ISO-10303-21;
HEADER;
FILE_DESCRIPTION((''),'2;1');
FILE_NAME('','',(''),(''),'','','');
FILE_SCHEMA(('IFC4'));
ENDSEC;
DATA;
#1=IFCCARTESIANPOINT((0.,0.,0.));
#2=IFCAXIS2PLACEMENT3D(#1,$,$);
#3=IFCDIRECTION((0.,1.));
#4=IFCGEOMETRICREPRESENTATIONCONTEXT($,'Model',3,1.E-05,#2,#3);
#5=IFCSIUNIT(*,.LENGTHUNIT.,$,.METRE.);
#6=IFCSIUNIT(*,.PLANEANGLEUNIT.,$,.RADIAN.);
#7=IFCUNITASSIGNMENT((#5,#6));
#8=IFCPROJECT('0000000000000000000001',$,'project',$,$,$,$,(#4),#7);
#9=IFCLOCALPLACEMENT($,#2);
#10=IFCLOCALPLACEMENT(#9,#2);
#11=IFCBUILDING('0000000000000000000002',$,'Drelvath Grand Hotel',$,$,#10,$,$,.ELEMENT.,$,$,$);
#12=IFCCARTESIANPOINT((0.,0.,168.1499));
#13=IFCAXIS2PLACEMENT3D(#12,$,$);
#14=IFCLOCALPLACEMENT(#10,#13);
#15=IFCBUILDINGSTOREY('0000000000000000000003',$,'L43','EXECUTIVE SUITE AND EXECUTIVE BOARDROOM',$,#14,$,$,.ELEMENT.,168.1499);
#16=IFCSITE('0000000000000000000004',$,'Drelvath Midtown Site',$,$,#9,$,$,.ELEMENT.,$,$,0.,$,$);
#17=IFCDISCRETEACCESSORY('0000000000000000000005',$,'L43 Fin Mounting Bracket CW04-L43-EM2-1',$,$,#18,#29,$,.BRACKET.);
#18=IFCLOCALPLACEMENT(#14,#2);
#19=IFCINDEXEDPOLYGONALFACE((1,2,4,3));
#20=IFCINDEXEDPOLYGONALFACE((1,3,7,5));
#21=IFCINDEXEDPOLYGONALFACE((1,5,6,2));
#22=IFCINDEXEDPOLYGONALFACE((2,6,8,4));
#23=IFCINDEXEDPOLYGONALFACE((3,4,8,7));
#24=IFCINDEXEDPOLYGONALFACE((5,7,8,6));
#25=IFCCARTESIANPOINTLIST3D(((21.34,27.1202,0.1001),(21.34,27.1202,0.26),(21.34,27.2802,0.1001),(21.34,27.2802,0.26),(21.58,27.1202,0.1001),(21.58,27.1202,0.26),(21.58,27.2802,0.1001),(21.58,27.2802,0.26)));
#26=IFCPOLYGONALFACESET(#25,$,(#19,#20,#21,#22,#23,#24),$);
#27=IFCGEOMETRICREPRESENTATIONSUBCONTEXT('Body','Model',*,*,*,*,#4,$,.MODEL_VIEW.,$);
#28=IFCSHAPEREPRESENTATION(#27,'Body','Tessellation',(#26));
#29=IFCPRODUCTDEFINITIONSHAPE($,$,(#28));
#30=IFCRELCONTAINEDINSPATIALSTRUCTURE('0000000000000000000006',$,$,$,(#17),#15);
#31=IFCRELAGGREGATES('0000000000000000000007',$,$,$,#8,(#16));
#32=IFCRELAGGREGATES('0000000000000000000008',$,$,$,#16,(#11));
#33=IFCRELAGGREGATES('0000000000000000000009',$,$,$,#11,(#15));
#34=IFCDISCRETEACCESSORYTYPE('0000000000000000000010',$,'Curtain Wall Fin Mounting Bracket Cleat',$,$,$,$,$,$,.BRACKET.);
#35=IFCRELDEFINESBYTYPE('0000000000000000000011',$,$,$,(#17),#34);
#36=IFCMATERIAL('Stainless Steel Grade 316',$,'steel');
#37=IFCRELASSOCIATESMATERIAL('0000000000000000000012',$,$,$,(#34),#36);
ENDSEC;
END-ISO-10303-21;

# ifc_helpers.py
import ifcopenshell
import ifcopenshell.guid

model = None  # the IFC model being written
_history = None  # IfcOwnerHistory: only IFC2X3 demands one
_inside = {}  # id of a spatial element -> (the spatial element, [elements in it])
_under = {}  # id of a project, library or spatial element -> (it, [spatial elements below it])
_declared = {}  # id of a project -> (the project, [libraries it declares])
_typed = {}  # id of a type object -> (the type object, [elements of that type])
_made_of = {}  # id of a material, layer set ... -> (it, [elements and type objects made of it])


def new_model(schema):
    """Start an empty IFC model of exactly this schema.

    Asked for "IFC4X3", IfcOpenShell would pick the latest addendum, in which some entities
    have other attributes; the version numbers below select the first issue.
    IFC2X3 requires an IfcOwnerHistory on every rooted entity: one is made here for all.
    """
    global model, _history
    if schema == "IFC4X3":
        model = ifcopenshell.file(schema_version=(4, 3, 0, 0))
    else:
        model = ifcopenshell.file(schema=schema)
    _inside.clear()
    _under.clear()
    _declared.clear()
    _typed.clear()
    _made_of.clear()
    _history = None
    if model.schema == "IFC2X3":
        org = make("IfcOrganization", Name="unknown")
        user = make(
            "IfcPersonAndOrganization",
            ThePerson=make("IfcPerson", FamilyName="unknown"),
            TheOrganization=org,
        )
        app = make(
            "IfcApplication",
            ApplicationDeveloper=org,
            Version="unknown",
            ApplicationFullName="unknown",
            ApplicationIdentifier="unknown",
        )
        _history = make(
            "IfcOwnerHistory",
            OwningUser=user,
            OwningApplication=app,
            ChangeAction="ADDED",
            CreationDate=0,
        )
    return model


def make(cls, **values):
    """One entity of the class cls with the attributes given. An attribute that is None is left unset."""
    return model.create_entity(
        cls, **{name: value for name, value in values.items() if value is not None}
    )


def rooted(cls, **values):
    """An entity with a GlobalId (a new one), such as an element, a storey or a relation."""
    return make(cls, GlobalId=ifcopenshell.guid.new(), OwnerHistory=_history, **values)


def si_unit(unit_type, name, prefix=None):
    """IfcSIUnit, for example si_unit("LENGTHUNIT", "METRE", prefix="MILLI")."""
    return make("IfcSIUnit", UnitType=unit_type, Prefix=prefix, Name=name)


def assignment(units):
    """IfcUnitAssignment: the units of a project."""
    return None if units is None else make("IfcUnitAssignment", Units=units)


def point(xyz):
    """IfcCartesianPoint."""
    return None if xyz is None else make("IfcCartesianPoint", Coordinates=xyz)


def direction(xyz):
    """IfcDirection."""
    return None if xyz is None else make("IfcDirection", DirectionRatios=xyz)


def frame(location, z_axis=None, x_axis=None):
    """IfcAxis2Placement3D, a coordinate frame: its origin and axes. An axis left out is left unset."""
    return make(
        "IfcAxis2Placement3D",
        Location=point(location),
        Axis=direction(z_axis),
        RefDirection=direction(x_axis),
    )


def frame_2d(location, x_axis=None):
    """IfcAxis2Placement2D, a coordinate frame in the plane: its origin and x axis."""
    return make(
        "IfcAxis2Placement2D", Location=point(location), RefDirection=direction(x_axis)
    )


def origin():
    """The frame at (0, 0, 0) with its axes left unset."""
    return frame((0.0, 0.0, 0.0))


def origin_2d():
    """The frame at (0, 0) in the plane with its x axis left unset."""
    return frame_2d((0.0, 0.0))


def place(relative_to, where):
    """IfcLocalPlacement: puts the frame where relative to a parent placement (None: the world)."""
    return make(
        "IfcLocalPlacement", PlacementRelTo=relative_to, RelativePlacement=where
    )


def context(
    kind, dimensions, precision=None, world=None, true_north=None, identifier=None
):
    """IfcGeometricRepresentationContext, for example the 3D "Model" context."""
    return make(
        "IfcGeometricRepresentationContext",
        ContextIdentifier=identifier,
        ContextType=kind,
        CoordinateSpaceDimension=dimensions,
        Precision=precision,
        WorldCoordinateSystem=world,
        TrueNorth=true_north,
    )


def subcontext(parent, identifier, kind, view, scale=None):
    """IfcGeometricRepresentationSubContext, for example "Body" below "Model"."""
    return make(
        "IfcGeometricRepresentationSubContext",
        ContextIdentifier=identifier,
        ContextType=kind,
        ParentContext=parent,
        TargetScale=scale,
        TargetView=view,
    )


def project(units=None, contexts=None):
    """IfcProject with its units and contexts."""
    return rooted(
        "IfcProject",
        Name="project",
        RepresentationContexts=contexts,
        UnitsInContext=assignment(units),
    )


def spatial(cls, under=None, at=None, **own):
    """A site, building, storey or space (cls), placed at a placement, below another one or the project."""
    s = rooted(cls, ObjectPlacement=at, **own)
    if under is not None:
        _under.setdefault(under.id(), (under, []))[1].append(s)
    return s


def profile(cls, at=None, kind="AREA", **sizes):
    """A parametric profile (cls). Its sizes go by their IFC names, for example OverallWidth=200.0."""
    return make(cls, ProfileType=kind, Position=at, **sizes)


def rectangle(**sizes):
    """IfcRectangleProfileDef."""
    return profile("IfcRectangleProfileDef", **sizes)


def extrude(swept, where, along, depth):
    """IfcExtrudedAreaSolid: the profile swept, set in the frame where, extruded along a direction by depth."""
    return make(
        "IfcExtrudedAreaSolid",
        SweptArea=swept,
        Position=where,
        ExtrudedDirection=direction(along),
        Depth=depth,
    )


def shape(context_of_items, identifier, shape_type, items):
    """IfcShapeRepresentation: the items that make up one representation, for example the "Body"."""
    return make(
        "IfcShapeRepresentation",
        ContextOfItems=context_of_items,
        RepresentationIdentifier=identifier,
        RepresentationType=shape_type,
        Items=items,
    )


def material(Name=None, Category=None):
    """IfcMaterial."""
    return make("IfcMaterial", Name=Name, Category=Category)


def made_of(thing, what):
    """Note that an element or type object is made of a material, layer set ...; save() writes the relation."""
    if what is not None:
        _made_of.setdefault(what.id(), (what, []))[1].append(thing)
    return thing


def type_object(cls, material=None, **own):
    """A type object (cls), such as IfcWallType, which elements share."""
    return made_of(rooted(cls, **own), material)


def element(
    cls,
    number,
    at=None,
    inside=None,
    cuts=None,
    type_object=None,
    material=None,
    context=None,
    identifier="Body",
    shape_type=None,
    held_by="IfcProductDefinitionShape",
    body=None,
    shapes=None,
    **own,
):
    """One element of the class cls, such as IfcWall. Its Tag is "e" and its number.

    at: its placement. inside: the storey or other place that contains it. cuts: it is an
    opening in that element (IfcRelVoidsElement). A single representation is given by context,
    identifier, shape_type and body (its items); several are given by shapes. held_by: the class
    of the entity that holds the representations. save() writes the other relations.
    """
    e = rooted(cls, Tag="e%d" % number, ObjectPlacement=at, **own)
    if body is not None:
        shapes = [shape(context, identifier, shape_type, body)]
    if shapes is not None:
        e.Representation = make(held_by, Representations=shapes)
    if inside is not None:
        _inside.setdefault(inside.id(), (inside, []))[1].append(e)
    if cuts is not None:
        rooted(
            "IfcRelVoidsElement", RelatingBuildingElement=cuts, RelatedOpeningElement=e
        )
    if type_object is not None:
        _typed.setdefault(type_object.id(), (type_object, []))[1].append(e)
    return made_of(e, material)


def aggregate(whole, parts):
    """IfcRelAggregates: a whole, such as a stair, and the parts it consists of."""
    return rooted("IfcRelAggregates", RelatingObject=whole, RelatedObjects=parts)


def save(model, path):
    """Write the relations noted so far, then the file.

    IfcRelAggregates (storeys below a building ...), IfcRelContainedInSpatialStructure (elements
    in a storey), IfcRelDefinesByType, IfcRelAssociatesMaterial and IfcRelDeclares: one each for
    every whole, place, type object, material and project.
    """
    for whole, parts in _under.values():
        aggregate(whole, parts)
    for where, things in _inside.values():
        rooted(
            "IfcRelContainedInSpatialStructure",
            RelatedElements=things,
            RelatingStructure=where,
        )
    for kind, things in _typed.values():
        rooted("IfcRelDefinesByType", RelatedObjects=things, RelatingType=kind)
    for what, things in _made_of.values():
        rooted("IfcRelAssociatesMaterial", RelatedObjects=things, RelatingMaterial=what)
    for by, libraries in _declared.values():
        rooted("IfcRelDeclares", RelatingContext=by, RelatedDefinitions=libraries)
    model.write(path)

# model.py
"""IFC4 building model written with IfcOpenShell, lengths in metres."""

from ifc_helpers import new_model, si_unit, direction, frame, origin, origin_2d, place, context, subcontext, project, spatial, rectangle, extrude, material, type_object, element, save


model = new_model("IFC4")

# Units and contexts
model_context = context("Model", 3, precision=1e-05, world=origin(), true_north=direction((0.0, 1.0)))
body_context = subcontext(model_context, "Body", "Model", "MODEL_VIEW")
ifc_project = project(units=[si_unit("LENGTHUNIT", "METRE"), si_unit("PLANEANGLEUNIT", "RADIAN")], contexts=[model_context])

# Site, building, storey
site_placement = place(None, origin())
site = spatial("IfcSite", under=ifc_project, at=site_placement, Name="Drelvath Midtown Site", CompositionType="ELEMENT", RefElevation=0.0)
building_placement = place(site_placement, origin())
building = spatial("IfcBuilding", under=site, at=building_placement, Name="Drelvath Grand Hotel", CompositionType="ELEMENT")
storey_placement = place(building_placement, frame((0.0, 0.0, 168.1499)))
storey = spatial("IfcBuildingStorey", under=building, at=storey_placement, Name="L43", Description="EXECUTIVE SUITE AND EXECUTIVE BOARDROOM", CompositionType="ELEMENT", Elevation=168.1499)

# Discrete accessory
ifc_material_1 = material(Name="Stainless Steel Grade 316", Category="steel")
discrete_accessory_type = type_object("IfcDiscreteAccessoryType", Name="Curtain Wall Fin Mounting Bracket Cleat", PredefinedType="BRACKET", material=ifc_material_1)
discrete_accessory_placement = place(storey_placement, frame((21.46, 27.2002, 0.1001), z_axis=(0.0, 0.0, 1.0), x_axis=(0.0, -1.0, 0.0)))
element("IfcDiscreteAccessory", 1, at=discrete_accessory_placement, inside=storey, type_object=discrete_accessory_type, Name="L43 Fin Mounting Bracket CW04-L43-EM2-1", PredefinedType="BRACKET", context=body_context, shape_type="SweptSolid", body=[
    extrude(rectangle(XDim=0.1599, YDim=0.24, at=origin_2d()), origin(), (0.0, 0.0, 1.0), 0.1599),
])

save(model, "model.ifc")
